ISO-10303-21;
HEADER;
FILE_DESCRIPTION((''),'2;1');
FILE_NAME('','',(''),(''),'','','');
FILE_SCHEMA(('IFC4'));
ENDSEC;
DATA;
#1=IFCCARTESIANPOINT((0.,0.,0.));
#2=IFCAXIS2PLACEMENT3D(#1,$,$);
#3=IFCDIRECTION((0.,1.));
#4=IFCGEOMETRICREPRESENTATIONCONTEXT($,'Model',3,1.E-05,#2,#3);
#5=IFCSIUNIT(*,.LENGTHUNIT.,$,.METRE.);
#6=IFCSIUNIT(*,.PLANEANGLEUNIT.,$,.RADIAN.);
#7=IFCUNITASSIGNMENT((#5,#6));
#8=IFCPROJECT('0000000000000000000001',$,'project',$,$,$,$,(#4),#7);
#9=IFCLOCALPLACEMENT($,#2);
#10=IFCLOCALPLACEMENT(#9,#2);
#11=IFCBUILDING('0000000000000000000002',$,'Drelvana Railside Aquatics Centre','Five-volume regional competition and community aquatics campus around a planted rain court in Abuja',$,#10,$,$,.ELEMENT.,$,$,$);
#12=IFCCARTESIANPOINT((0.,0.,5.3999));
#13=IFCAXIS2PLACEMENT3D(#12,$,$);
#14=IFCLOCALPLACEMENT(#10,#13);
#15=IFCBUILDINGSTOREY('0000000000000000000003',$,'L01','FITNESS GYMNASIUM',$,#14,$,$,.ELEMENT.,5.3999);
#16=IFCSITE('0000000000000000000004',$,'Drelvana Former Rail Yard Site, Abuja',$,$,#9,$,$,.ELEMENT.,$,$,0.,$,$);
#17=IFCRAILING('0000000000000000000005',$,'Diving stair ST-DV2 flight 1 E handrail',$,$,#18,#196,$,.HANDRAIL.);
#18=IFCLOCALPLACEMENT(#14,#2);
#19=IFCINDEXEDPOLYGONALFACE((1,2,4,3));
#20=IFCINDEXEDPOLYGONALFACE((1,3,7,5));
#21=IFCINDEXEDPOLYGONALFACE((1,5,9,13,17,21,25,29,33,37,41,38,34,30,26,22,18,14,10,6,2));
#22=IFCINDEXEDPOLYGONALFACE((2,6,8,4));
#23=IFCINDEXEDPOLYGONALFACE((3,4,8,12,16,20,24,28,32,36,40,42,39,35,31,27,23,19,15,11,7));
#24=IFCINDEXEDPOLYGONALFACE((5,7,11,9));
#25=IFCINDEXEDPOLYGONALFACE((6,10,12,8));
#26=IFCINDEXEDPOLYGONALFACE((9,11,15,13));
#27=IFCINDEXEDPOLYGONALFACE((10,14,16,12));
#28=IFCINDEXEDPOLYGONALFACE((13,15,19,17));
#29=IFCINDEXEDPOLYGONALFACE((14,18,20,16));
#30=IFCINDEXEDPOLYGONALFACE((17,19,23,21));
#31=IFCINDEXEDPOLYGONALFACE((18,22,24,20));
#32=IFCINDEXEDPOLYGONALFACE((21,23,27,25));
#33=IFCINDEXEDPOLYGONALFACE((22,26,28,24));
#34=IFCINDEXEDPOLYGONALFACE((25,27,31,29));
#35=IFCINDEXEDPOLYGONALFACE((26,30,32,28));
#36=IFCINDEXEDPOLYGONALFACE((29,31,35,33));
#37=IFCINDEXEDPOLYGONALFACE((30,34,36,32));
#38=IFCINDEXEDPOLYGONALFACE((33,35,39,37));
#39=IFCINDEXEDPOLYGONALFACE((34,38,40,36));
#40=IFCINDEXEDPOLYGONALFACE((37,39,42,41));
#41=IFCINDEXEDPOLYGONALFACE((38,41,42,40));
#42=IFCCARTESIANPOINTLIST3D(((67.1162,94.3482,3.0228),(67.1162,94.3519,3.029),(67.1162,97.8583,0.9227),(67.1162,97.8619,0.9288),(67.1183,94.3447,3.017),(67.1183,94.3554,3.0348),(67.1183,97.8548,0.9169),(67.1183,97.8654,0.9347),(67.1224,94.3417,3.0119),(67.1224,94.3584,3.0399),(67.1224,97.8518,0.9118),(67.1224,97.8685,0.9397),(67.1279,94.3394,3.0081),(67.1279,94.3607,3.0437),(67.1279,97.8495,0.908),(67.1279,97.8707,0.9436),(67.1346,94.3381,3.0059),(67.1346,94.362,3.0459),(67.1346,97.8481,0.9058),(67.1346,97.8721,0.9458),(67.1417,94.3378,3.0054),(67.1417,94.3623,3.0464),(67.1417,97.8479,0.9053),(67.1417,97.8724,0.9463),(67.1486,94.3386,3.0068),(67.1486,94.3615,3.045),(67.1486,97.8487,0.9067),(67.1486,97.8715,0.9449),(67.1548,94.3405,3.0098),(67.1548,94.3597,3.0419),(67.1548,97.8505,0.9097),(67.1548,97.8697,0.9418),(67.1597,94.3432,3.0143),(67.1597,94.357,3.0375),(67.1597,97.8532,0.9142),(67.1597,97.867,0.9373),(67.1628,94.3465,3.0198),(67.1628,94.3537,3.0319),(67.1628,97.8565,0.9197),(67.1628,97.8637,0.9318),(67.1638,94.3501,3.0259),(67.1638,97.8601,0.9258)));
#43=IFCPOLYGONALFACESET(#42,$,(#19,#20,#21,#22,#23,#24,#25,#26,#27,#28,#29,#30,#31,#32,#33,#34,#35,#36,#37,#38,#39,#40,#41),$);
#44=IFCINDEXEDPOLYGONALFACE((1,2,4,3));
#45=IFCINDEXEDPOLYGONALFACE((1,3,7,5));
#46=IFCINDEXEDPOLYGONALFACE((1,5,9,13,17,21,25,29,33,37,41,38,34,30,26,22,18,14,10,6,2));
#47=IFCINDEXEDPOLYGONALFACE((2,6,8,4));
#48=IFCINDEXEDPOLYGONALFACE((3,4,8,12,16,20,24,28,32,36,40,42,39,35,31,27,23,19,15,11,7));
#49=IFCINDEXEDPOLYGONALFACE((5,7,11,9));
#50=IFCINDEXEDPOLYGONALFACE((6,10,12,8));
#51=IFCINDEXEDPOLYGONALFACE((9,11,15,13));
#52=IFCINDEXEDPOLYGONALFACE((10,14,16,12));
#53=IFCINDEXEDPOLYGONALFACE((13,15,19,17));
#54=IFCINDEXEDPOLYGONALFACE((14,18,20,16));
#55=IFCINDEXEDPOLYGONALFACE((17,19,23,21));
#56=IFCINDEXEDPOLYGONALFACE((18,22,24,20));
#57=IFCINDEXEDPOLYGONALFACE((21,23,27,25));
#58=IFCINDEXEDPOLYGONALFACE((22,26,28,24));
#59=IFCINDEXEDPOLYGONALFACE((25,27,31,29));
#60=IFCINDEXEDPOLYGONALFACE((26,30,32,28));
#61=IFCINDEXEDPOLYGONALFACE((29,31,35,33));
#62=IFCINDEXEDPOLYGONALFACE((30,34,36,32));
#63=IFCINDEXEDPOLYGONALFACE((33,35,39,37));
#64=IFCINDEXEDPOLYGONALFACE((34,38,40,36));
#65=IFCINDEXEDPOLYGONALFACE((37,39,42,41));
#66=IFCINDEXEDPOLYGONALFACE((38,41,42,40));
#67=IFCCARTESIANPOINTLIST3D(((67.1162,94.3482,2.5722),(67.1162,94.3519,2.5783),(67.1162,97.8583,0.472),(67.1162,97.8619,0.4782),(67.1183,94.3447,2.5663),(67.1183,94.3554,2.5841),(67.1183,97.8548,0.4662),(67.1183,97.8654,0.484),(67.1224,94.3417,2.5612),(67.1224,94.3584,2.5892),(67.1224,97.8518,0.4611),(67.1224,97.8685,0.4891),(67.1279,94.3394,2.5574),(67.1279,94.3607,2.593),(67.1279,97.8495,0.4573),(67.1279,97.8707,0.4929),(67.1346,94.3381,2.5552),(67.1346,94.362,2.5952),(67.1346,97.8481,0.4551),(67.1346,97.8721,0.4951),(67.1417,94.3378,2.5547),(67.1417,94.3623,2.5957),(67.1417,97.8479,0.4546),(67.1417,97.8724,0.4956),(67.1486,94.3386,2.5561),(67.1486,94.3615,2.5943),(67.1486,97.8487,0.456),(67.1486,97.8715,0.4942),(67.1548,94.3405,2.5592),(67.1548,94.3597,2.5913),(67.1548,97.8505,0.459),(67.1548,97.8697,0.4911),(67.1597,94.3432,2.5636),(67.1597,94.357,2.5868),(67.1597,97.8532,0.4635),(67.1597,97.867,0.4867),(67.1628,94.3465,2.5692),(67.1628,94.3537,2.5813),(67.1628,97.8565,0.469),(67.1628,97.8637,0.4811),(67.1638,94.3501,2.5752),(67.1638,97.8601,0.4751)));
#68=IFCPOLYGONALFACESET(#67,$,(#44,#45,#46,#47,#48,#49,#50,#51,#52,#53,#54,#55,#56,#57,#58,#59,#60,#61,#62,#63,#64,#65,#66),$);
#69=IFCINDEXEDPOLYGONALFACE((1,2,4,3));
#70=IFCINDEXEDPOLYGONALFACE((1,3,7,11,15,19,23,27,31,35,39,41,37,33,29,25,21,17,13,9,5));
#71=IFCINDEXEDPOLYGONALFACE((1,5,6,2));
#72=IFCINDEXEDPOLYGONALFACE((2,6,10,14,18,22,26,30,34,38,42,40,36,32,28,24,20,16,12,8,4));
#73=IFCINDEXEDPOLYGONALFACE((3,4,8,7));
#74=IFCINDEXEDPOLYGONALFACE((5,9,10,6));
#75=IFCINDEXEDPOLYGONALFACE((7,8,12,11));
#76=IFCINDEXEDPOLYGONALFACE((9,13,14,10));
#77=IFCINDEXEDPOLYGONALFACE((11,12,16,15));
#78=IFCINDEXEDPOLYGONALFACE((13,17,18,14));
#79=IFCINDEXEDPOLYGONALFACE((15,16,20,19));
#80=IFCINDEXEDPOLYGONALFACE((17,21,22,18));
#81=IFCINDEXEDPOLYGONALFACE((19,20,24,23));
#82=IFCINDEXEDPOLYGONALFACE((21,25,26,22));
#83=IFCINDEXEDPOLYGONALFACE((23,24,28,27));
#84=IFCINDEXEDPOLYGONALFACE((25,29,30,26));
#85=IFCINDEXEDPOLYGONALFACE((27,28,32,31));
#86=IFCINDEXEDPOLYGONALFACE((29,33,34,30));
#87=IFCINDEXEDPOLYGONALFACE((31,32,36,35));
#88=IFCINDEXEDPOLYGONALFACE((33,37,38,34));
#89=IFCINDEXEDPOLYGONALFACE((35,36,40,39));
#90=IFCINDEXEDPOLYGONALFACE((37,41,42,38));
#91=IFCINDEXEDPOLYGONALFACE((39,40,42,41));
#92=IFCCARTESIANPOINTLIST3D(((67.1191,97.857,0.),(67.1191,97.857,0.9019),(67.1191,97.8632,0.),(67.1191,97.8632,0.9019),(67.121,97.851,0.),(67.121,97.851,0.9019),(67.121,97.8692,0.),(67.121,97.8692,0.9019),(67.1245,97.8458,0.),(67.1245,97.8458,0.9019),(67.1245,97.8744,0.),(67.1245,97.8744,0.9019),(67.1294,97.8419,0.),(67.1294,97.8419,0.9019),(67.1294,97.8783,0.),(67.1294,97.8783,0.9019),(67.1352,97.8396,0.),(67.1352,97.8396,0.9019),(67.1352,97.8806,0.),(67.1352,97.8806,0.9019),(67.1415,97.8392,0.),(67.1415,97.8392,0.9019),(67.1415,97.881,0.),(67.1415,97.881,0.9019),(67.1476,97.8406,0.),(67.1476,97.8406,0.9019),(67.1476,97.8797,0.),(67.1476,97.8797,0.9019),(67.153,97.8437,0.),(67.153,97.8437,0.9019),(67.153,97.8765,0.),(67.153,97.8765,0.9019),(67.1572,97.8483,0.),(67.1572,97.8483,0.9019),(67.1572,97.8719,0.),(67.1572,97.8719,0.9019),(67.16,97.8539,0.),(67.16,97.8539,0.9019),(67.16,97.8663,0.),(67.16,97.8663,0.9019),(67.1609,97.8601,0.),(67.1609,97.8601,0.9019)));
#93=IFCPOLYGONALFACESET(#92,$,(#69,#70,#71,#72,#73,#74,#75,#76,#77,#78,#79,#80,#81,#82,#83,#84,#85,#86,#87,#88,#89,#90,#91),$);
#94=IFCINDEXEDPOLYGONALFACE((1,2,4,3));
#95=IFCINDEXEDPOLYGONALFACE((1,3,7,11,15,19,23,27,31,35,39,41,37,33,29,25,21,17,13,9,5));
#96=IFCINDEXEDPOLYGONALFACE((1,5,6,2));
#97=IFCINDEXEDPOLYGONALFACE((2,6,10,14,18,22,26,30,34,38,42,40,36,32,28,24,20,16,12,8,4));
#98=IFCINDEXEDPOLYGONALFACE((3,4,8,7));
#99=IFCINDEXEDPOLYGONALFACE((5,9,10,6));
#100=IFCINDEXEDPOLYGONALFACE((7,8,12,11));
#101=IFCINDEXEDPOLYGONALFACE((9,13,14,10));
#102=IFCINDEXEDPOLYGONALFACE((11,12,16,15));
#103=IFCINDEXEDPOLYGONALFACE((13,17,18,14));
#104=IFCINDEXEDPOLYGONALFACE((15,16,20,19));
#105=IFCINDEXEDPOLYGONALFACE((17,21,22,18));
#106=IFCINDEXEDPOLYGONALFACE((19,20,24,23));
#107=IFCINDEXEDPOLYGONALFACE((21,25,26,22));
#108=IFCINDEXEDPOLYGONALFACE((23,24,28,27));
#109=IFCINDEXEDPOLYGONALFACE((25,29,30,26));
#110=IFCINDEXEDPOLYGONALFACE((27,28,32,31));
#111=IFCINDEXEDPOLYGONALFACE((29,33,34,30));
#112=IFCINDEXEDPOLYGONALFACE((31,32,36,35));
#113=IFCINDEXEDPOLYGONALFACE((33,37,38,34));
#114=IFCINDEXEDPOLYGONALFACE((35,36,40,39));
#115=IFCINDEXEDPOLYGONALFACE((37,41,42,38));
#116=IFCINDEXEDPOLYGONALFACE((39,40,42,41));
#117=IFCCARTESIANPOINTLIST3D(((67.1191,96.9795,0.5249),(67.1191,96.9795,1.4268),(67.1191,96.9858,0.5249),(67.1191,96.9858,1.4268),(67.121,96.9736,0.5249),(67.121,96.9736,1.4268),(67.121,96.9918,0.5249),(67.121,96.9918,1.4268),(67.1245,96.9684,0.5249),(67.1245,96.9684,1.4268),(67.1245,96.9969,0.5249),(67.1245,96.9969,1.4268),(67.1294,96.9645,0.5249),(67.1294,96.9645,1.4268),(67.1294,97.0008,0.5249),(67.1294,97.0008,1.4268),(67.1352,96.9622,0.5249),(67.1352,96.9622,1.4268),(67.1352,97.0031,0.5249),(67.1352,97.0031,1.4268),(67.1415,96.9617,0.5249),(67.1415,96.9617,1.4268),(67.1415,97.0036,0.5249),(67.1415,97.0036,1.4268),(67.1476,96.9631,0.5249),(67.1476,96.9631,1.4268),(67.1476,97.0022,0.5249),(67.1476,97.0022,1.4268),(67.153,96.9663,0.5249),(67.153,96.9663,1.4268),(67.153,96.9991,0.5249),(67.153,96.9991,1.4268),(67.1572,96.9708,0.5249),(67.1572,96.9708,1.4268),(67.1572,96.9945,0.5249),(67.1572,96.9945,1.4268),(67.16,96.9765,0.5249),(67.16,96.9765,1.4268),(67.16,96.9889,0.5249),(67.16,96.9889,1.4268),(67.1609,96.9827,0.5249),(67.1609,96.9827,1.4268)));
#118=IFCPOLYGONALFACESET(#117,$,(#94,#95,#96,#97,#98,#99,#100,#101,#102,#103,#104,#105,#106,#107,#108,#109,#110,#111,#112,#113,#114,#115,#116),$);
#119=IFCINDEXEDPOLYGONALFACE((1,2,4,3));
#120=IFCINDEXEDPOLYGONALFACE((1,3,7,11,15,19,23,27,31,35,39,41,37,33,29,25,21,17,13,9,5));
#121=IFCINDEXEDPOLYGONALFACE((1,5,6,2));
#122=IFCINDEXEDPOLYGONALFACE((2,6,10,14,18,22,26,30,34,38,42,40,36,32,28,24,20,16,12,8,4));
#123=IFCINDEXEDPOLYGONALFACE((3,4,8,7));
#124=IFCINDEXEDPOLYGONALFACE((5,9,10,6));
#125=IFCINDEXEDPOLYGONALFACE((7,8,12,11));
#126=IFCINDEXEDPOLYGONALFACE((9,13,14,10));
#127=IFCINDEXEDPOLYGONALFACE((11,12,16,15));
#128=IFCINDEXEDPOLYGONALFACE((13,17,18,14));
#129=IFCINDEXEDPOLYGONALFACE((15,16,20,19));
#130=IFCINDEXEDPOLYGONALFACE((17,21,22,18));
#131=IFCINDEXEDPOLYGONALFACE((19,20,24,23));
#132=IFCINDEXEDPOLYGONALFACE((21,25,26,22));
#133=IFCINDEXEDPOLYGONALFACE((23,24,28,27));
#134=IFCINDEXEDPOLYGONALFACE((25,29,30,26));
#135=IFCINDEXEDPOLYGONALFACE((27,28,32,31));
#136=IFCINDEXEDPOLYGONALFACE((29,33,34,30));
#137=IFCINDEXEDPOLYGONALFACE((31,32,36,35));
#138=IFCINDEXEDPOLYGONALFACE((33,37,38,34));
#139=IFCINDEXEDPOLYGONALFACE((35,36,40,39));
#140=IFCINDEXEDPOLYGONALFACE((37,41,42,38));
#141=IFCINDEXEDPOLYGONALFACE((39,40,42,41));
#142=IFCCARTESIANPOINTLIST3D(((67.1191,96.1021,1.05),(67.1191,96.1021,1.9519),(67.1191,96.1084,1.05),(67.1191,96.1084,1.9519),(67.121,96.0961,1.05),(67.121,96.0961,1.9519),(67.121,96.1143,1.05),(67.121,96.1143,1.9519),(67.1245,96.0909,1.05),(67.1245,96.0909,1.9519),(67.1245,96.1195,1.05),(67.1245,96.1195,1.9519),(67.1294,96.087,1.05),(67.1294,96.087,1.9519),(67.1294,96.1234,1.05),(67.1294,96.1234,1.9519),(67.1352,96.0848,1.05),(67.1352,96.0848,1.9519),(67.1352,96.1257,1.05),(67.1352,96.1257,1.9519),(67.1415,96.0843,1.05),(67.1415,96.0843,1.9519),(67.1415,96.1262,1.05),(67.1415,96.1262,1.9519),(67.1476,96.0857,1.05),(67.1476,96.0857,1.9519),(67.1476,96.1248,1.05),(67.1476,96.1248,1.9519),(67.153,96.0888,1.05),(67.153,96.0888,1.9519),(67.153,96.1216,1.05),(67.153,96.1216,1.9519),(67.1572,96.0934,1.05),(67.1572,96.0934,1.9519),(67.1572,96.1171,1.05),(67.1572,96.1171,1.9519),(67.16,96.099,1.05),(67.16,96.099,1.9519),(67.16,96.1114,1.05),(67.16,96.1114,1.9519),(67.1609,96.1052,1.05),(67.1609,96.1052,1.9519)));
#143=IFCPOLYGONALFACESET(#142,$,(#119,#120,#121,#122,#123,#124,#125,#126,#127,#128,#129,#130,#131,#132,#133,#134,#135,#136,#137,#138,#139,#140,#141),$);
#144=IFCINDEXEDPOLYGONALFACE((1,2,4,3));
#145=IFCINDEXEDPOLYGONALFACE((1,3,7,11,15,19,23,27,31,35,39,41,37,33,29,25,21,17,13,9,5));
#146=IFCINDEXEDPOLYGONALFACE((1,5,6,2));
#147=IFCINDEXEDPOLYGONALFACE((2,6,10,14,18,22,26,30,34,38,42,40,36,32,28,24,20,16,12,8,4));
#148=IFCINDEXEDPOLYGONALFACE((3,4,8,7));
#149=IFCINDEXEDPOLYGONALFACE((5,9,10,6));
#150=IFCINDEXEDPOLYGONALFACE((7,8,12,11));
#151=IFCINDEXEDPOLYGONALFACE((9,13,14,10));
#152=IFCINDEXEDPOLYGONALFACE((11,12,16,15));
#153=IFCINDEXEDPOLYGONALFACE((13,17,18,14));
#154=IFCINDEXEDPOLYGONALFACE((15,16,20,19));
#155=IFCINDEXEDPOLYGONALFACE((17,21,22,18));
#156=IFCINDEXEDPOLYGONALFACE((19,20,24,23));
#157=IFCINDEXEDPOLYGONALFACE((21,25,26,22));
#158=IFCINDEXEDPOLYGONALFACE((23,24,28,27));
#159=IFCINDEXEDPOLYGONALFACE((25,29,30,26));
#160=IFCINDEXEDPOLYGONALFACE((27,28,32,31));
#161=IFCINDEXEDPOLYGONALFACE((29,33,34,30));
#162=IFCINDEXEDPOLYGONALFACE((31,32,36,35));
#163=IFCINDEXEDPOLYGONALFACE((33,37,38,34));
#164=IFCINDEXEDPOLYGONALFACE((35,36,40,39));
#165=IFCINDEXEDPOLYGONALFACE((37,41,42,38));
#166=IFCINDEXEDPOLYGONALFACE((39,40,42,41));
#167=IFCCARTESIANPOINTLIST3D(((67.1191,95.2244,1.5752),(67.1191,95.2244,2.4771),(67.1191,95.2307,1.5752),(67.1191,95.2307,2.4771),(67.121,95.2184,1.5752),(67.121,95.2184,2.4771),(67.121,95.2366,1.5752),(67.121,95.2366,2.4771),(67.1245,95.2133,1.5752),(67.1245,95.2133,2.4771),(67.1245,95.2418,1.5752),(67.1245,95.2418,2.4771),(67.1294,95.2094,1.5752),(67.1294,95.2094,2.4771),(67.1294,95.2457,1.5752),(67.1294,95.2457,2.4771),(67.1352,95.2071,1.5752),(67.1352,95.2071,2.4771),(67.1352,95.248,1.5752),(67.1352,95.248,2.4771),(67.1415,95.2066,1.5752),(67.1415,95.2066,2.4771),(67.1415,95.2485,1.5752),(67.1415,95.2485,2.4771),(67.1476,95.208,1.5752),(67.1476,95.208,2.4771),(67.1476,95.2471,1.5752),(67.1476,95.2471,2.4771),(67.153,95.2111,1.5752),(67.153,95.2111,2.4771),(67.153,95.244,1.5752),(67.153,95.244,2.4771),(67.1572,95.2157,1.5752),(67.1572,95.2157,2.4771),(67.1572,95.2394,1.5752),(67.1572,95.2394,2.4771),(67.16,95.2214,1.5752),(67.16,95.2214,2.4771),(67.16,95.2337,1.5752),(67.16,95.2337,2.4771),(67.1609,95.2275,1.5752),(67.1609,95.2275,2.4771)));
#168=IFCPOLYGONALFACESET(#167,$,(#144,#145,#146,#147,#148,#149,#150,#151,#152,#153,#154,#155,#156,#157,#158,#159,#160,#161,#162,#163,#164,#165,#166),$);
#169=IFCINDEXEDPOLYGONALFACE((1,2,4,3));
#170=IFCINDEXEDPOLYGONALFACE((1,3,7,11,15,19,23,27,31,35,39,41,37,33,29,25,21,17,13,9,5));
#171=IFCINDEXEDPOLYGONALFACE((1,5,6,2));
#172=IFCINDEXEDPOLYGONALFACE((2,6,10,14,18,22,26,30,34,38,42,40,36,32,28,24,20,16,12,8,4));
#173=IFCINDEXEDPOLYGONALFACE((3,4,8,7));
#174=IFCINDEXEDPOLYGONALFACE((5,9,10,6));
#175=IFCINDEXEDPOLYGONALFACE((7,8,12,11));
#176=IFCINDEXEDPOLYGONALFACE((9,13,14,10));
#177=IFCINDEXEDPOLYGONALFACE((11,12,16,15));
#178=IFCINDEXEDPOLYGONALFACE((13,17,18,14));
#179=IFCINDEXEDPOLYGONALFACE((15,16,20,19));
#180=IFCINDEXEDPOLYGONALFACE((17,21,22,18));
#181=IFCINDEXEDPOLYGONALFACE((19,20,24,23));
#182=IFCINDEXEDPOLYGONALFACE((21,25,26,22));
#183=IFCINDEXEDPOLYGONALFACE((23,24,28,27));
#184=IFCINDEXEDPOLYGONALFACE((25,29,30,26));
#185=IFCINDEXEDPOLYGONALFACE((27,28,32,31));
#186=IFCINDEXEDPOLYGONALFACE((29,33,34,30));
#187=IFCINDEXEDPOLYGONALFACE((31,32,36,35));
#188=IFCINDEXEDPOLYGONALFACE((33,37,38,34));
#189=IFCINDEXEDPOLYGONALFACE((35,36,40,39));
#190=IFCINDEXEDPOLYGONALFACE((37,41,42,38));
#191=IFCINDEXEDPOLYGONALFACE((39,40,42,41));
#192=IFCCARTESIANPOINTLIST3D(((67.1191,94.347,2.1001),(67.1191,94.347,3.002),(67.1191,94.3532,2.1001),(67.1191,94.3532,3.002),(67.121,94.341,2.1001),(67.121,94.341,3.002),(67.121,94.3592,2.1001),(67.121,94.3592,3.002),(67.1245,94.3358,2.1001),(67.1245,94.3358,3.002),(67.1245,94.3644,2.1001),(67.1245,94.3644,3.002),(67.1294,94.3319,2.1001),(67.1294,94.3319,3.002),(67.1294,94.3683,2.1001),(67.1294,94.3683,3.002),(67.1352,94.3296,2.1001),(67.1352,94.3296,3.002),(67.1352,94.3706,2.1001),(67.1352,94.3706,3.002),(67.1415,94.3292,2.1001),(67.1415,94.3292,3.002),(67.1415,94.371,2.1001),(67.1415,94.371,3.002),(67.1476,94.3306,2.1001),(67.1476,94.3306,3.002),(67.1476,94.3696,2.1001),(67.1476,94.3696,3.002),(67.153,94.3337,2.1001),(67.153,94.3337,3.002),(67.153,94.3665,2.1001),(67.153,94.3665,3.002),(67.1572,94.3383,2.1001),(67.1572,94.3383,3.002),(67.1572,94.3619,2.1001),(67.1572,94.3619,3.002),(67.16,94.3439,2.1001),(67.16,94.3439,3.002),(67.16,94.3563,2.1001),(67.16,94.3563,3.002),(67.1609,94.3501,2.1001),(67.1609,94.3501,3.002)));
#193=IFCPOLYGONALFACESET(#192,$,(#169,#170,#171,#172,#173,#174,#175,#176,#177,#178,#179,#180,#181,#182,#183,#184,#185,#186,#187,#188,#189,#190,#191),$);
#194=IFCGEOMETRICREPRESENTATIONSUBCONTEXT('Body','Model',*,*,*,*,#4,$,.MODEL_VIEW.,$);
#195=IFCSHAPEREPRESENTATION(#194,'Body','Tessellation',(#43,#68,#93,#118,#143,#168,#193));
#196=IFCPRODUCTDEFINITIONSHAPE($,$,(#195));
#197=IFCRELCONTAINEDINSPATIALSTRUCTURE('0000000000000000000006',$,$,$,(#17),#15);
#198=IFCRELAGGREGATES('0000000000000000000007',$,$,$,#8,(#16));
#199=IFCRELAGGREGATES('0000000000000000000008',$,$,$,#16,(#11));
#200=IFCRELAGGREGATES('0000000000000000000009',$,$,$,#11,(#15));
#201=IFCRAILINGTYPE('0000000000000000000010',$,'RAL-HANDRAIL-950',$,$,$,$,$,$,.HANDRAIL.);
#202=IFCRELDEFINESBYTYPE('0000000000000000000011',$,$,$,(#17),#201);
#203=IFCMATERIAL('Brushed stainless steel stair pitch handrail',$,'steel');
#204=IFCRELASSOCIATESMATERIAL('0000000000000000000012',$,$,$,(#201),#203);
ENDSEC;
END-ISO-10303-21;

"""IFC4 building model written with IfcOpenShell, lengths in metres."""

from ifc_helpers import new_model, si_unit, direction, frame, origin, origin_2d, place, context, subcontext, project, spatial, circle, extrude, material, type_object, element, save


model = new_model("IFC4")

# Units and contexts
model_context = context("Model", 3, precision=1e-05, world=origin(), true_north=direction((0.0, 1.0)))
body_context = subcontext(model_context, "Body", "Model", "MODEL_VIEW")
ifc_project = project(units=[si_unit("LENGTHUNIT", "METRE"), si_unit("PLANEANGLEUNIT", "RADIAN")], contexts=[model_context])

# Site, building, storey
site_placement = place(None, origin())
site = spatial("IfcSite", under=ifc_project, at=site_placement, Name="Drelvana Former Rail Yard Site, Abuja", CompositionType="ELEMENT", RefElevation=0.0)
building_placement = place(site_placement, origin())
building = spatial("IfcBuilding", under=site, at=building_placement, Name="Drelvana Railside Aquatics Centre", Description="Five-volume regional competition and community aquatics campus around a planted rain court in Abuja", CompositionType="ELEMENT")
storey_placement = place(building_placement, frame((0.0, 0.0, 5.3999)))
storey = spatial("IfcBuildingStorey", under=building, at=storey_placement, Name="L01", Description="FITNESS GYMNASIUM", CompositionType="ELEMENT", Elevation=5.3999)

# Railing
ifc_material_1 = material(Name="Brushed stainless steel stair pitch handrail", Category="steel")
railing_type_1 = type_object("IfcRailingType", Name="RAL-HANDRAIL-950", PredefinedType="HANDRAIL", material=ifc_material_1)
for number, where, name in (
    (1, (67.1399, 97.8601, 0.0), "Diving stair ST-DV2 flight 1 E handrail"),
):
    element("IfcRailing", number, at=place(storey_placement, frame(where)), inside=storey, type_object=railing_type_1, Name=name, PredefinedType="HANDRAIL", context=body_context, shape_type="SweptSolid", body=[
        extrude(circle(Radius=0.0239, at=origin_2d()), frame((0.0, 0.0, 0.9258), z_axis=(0.0, -0.85813, 0.513433), x_axis=(1.0, 0.0, 0.0)), (0.0, 0.0, 1.0), 4.0903),
        extrude(circle(Radius=0.0239, at=origin_2d()), frame((0.0, 0.0, 0.4751), z_axis=(0.0, -0.85813, 0.513433), x_axis=(1.0, 0.0, 0.0)), (0.0, 0.0, 1.0), 4.0903),
        extrude(circle(Radius=0.021, at=origin_2d()), origin(), (0.0, 0.0, 1.0), 0.9019),
        extrude(circle(Radius=0.021, at=origin_2d()), frame((0.0, -0.8774, 0.5249)), (0.0, 0.0, 1.0), 0.9019),
        extrude(circle(Radius=0.021, at=origin_2d()), frame((0.0, -1.7549, 1.05)), (0.0, 0.0, 1.0), 0.9019),
        extrude(circle(Radius=0.021, at=origin_2d()), frame((0.0, -2.6326, 1.5752)), (0.0, 0.0, 1.0), 0.9019),
        extrude(circle(Radius=0.021, at=origin_2d()), frame((0.0, -3.51, 2.1001)), (0.0, 0.0, 1.0), 0.9019),
    ])

save(model, "model.ifc")
